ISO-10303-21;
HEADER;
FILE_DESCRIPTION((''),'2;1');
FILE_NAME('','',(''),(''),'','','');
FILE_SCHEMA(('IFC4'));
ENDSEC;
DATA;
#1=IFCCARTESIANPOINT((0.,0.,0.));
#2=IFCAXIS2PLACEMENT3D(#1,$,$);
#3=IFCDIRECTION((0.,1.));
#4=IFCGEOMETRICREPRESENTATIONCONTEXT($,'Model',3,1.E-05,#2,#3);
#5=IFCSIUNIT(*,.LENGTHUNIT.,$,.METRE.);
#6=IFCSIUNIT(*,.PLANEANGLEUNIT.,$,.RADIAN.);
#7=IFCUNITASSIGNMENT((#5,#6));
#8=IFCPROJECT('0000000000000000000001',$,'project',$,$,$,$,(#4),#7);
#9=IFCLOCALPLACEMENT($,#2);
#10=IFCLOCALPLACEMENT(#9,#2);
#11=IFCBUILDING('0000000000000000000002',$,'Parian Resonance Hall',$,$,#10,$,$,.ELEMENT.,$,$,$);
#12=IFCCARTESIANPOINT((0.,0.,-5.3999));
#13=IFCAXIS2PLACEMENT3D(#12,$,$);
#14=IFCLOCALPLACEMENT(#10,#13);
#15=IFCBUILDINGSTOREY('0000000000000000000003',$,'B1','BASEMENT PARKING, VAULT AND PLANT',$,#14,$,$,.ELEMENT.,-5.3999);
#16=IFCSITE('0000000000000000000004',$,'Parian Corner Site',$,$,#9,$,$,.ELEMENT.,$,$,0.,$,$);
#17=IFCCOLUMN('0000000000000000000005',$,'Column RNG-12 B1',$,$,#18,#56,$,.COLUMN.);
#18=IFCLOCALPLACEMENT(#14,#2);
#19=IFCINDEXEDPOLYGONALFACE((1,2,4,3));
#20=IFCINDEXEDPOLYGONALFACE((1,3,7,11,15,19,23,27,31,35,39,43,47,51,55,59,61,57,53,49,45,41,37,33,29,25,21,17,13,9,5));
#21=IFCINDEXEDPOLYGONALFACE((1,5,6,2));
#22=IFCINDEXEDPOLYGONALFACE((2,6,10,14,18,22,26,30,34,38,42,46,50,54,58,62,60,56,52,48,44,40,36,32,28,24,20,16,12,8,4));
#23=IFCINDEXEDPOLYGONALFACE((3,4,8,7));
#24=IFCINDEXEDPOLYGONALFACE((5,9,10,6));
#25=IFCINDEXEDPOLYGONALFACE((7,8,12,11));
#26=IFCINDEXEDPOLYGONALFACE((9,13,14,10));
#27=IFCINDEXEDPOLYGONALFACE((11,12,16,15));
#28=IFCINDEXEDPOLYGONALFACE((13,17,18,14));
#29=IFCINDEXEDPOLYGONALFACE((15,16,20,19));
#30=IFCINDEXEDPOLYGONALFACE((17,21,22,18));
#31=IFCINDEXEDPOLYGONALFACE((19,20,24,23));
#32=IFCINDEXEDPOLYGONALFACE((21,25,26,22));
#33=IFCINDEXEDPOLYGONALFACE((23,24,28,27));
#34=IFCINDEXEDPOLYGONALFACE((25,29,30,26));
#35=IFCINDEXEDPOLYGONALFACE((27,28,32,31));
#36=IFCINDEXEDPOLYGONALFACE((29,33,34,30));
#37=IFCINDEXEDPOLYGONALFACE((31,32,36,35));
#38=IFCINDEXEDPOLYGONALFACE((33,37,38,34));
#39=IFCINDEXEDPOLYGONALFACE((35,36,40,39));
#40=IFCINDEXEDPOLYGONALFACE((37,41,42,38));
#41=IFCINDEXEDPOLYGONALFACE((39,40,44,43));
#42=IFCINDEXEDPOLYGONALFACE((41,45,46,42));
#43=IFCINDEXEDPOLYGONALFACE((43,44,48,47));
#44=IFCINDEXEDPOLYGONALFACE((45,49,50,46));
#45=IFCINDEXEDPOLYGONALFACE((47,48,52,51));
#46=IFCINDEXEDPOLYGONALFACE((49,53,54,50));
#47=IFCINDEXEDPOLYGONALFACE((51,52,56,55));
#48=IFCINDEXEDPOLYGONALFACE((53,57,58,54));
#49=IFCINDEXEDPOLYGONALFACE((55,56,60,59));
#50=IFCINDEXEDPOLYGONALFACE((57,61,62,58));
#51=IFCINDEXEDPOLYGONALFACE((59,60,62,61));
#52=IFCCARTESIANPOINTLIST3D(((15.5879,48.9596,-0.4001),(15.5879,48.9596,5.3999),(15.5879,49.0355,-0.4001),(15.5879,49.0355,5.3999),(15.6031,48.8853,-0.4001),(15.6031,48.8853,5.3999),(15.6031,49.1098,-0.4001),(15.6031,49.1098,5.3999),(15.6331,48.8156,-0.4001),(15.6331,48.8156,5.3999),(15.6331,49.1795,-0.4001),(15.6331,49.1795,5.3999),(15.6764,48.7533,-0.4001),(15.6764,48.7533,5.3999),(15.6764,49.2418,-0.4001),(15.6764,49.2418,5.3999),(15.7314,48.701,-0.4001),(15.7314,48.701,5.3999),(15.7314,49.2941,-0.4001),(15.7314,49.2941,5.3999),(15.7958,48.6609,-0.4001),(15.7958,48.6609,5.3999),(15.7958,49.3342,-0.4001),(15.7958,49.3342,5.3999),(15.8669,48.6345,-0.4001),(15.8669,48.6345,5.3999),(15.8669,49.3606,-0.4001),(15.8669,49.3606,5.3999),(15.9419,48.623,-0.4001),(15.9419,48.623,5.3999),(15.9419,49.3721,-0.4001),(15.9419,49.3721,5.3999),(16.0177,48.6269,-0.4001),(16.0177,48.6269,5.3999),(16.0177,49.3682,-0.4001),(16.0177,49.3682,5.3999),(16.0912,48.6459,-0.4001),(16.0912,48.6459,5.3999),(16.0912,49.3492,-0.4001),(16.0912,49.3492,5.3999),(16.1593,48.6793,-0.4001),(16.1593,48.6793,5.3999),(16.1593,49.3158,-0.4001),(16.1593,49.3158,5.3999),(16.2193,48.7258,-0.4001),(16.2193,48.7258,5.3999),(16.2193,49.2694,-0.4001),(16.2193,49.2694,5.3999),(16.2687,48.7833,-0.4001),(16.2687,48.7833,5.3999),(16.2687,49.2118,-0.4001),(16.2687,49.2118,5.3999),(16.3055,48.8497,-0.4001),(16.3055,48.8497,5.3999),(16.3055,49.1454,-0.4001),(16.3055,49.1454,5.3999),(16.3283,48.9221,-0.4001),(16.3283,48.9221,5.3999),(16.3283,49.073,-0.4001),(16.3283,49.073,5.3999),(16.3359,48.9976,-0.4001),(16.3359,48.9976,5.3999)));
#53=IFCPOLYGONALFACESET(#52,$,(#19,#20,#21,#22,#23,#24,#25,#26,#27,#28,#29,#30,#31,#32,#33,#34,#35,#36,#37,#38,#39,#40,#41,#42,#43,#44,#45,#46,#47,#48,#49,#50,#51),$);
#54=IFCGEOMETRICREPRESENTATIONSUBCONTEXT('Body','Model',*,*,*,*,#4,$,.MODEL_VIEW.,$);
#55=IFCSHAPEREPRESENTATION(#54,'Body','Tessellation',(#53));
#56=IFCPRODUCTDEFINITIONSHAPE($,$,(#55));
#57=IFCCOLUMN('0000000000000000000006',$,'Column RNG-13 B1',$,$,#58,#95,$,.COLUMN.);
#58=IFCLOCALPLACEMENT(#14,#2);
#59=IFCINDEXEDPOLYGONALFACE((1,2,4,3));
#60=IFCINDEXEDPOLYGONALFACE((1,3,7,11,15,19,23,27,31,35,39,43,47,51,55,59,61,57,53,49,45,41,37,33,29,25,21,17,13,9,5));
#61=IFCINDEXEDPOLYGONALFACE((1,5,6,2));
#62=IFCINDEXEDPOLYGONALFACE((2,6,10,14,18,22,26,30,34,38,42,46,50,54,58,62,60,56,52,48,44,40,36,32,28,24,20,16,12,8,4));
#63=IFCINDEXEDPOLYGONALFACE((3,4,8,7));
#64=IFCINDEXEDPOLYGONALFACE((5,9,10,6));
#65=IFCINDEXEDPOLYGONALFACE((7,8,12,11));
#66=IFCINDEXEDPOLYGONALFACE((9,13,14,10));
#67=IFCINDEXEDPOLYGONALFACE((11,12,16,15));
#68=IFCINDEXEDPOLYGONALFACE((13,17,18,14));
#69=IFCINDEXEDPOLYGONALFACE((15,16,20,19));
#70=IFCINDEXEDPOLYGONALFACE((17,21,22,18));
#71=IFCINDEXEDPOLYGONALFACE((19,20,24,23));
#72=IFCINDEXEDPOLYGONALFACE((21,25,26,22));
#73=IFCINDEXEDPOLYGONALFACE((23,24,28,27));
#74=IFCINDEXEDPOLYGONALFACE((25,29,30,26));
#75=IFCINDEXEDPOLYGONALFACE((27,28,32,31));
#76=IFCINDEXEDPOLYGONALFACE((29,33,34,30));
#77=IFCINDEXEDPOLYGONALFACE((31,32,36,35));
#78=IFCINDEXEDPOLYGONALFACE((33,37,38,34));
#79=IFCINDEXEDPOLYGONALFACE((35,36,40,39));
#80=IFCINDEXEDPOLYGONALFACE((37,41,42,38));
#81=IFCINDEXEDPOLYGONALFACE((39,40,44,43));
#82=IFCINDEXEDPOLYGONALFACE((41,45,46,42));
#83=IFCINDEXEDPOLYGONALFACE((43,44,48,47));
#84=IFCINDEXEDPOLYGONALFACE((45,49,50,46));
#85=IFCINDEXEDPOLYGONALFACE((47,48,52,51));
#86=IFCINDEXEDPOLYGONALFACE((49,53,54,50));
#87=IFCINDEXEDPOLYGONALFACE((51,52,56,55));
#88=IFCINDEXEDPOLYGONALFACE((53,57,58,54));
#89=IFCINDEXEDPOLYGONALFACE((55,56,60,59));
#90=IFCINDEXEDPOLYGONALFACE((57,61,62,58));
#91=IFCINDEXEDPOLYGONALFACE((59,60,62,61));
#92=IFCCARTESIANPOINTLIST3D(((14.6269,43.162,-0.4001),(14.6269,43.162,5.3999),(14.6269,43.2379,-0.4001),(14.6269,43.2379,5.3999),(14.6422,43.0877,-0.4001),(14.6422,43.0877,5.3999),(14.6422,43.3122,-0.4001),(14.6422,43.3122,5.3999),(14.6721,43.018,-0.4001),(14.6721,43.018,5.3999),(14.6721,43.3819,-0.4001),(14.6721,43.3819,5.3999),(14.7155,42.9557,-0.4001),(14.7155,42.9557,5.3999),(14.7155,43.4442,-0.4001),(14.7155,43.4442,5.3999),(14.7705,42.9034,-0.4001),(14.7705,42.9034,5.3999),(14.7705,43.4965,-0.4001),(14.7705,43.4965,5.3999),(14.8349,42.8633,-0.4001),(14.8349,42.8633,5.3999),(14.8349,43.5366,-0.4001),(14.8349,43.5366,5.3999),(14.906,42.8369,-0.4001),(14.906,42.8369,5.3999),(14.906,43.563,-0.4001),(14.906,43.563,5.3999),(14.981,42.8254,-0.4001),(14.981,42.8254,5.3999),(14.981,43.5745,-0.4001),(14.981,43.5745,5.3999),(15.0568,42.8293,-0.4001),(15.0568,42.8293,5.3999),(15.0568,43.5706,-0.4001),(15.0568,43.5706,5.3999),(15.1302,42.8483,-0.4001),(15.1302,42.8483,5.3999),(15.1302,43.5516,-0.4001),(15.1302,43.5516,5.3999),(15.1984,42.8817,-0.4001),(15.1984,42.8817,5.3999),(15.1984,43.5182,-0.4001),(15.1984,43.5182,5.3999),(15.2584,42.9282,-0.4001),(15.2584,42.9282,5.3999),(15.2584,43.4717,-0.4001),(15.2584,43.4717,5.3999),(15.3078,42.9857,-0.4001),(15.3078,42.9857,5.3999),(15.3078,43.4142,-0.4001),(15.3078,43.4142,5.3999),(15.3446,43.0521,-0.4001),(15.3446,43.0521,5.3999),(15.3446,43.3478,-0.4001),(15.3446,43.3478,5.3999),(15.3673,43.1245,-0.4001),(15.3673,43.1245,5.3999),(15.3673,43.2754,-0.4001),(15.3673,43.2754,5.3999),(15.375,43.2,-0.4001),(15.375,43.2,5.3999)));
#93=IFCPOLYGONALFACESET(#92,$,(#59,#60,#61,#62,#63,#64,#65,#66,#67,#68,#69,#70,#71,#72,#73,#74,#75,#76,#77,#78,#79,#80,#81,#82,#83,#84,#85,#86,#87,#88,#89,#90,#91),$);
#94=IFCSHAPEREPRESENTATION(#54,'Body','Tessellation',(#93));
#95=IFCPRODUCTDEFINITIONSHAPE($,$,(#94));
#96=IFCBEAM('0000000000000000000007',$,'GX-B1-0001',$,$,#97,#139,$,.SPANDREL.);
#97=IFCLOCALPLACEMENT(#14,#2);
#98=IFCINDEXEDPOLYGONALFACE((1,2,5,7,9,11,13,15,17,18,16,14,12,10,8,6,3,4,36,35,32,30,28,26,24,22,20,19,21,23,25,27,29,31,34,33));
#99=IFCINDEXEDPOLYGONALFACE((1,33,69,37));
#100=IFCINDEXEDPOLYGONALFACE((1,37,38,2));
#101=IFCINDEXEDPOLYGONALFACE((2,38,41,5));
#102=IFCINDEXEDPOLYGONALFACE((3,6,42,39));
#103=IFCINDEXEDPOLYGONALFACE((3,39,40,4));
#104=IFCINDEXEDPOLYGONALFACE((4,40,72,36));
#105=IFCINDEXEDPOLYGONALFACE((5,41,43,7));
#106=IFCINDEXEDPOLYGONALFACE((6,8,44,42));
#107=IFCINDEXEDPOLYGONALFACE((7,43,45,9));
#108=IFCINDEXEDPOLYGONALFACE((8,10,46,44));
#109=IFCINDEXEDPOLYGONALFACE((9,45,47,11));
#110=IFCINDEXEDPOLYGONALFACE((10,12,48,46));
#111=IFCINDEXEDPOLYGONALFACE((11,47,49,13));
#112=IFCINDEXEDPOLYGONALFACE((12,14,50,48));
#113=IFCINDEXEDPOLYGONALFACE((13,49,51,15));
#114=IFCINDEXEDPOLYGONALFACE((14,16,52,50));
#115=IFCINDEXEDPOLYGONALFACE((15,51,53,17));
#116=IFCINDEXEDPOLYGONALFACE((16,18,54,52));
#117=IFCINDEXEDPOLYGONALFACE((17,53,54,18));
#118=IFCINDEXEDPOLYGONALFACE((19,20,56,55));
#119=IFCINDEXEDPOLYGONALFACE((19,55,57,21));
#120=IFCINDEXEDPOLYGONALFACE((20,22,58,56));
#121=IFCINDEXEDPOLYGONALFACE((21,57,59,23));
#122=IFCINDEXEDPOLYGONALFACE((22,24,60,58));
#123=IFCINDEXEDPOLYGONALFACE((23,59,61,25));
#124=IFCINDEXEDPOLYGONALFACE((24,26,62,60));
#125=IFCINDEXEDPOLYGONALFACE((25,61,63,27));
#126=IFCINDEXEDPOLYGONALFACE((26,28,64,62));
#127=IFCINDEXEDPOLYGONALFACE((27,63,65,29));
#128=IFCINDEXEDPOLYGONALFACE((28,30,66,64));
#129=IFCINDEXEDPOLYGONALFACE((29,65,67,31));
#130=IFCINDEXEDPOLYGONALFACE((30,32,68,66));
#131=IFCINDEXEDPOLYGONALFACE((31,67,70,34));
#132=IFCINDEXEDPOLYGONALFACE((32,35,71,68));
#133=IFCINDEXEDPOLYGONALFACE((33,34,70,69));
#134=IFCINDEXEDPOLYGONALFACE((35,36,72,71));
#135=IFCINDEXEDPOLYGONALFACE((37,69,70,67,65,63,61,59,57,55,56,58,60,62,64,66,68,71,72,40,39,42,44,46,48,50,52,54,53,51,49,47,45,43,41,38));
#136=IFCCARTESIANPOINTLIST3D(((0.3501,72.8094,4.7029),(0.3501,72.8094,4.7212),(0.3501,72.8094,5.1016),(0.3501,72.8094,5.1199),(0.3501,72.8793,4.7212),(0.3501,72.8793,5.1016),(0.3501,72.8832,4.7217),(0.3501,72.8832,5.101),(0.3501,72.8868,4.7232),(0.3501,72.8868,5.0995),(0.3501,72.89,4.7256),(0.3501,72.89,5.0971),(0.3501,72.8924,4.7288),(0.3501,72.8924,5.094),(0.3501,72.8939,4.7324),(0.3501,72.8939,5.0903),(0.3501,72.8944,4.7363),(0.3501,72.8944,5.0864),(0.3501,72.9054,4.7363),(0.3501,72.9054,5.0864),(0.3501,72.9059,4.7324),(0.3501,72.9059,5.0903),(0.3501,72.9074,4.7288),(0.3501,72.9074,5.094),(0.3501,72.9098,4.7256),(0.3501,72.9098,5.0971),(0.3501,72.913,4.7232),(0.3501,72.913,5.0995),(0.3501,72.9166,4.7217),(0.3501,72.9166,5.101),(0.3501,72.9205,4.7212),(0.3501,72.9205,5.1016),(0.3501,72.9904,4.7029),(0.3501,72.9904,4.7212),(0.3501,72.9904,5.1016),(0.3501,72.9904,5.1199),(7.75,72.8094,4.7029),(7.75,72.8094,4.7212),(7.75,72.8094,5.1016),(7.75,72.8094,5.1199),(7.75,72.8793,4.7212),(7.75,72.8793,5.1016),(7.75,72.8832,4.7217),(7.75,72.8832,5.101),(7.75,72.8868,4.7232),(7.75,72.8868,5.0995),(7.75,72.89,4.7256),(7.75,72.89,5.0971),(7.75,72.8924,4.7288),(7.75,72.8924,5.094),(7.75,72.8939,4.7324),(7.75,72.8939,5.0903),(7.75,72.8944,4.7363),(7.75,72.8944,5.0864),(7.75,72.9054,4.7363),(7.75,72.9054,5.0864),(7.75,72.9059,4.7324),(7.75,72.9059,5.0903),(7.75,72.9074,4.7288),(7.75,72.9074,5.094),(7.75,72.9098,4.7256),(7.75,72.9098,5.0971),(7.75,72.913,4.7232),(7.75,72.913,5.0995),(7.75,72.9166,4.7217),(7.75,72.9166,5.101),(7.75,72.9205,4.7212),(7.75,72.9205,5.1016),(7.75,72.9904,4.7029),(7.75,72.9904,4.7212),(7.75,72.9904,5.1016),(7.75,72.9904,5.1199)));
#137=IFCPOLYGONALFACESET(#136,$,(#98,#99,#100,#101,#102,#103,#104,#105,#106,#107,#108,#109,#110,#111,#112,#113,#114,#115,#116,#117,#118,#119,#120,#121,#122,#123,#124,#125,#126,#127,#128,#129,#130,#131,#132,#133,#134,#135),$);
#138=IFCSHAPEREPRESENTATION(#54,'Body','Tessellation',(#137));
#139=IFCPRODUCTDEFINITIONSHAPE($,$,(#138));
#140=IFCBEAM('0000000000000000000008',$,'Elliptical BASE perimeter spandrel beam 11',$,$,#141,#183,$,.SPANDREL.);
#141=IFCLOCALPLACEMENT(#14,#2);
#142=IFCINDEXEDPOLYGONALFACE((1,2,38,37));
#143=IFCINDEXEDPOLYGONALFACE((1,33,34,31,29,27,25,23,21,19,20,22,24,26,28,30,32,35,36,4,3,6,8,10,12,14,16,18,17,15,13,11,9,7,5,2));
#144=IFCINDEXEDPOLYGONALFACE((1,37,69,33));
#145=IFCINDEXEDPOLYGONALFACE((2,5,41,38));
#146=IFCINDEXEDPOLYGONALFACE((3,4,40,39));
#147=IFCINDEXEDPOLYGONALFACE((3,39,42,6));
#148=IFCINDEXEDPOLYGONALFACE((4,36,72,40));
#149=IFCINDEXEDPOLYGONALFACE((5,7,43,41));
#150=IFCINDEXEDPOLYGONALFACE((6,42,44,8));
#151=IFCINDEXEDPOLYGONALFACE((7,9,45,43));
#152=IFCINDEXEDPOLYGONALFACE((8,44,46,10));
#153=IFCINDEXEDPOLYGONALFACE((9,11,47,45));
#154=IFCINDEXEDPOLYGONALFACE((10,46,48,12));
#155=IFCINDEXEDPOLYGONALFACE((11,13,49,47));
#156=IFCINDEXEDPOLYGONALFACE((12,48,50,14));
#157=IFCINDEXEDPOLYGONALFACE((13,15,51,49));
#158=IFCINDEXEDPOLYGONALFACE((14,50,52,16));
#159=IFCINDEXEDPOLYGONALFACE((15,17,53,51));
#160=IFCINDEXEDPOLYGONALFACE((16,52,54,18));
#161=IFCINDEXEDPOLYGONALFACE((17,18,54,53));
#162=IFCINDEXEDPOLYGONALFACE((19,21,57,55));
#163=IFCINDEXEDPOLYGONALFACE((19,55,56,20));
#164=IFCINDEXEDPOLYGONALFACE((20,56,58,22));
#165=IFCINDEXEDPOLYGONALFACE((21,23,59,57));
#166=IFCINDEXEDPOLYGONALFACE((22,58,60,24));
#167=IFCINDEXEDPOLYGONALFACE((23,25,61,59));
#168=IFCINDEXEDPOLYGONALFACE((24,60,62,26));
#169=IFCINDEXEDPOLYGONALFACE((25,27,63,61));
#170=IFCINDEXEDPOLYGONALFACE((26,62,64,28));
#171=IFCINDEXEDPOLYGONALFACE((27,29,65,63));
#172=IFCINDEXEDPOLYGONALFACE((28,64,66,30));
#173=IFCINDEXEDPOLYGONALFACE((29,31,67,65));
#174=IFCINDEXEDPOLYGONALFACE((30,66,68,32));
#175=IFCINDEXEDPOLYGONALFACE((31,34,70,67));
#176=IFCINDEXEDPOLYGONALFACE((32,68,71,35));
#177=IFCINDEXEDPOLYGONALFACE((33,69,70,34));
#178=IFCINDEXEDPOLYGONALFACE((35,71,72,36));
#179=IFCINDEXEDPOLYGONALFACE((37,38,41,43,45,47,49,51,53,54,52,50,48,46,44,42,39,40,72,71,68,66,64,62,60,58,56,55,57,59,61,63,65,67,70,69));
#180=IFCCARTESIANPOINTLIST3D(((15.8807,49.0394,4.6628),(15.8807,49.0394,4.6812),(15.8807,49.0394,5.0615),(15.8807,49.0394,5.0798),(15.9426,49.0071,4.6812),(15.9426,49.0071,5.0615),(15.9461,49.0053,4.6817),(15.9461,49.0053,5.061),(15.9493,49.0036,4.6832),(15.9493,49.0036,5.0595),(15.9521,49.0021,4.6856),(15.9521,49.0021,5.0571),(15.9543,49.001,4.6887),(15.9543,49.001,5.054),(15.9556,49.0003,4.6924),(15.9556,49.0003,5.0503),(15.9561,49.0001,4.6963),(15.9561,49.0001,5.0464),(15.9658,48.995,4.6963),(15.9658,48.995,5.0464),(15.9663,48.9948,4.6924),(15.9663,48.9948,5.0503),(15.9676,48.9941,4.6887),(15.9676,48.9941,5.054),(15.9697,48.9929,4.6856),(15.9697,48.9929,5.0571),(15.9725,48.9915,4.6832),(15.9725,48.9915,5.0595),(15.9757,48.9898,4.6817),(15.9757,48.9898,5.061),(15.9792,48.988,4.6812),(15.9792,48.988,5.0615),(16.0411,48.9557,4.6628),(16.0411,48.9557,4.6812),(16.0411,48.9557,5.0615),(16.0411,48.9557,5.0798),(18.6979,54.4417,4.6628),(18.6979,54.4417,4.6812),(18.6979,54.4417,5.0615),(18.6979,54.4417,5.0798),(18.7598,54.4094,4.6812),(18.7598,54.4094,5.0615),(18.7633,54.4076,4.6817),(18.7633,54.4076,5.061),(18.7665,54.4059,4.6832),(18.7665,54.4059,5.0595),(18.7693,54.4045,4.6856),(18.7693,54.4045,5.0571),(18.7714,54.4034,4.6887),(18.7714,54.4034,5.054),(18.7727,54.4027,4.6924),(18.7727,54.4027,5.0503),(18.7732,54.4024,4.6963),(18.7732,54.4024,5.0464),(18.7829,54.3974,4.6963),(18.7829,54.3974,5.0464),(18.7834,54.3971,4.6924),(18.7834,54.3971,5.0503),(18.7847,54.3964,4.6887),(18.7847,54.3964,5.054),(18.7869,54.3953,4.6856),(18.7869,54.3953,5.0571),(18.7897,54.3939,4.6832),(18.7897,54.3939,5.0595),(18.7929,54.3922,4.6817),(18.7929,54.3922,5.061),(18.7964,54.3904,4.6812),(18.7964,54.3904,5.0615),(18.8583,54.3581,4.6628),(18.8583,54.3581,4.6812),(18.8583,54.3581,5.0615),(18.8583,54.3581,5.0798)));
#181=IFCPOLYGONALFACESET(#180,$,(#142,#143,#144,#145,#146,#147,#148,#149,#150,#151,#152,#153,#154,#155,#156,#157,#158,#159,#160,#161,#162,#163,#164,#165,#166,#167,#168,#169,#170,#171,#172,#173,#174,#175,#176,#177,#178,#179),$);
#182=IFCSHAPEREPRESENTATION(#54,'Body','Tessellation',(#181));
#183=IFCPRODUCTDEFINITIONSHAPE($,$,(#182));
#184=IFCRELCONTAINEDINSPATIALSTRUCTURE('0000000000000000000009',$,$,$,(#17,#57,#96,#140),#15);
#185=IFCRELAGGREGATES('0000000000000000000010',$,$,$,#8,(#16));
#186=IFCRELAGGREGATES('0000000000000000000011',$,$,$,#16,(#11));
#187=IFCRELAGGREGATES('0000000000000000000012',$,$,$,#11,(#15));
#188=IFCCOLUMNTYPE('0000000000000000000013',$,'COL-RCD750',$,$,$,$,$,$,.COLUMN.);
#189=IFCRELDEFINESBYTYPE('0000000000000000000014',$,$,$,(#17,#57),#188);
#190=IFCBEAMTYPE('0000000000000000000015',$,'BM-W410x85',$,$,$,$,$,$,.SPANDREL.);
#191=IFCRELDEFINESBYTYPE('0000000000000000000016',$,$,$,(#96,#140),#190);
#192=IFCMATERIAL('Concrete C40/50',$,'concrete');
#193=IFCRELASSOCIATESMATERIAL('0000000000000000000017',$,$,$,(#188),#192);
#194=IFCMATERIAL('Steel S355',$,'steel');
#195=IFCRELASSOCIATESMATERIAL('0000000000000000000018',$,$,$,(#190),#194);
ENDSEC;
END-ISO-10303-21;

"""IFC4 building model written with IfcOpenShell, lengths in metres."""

from ifc_helpers import new_model, si_unit, direction, frame, origin, origin_2d, place, context, subcontext, project, spatial, circle, i_section, extrude, material, material_profile, profile_set, type_object, element, save


model = new_model("IFC4")

# Units and contexts
model_context = context("Model", 3, precision=1e-05, world=origin(), true_north=direction((0.0, 1.0)))
body_context = subcontext(model_context, "Body", "Model", "MODEL_VIEW")
ifc_project = project(units=[si_unit("LENGTHUNIT", "METRE"), si_unit("PLANEANGLEUNIT", "RADIAN")], contexts=[model_context])

# Site, building, storey
site_placement = place(None, origin())
site = spatial("IfcSite", under=ifc_project, at=site_placement, Name="Parian Corner Site", CompositionType="ELEMENT", RefElevation=0.0)
building_placement = place(site_placement, origin())
building = spatial("IfcBuilding", under=site, at=building_placement, Name="Parian Resonance Hall", CompositionType="ELEMENT")
storey_placement = place(building_placement, frame((0.0, 0.0, -5.3999)))
storey = spatial("IfcBuildingStorey", under=building, at=storey_placement, Name="B1", Description="BASEMENT PARKING, VAULT AND PLANT", CompositionType="ELEMENT", Elevation=-5.3999)

# Columns
ifc_material_1 = material(Name="Concrete C40/50", Category="concrete")
ifc_material_profile_1 = material_profile(ifc_material_1, circle(Radius=0.375, at=origin_2d()), Name="RC-COL-D750")
ifc_profile_set_1 = profile_set([ifc_material_profile_1], Name="Concrete C40/50")
column_type_1 = type_object("IfcColumnType", Name="COL-RCD750", PredefinedType="COLUMN", material=ifc_profile_set_1)
for number, where, z_axis, x_axis, name in (
    (1, (15.9609, 48.9976, -0.4001), (0.0, 0.0, 1.0), (1.0, 0.0, 0.0), "Column RNG-12 B1"),
    (2, (15.0, 43.2, -0.4001), (0.0, 0.0, 1.0), (1.0, 0.0, 0.0), "Column RNG-13 B1"),
):
    element("IfcColumn", number, at=place(storey_placement, frame(where, z_axis=z_axis, x_axis=x_axis)), inside=storey, type_object=column_type_1, Name=name, PredefinedType="COLUMN", context=body_context, shape_type="SweptSolid", body=[
        extrude(circle(Radius=0.375, at=origin_2d()), origin(), (0.0, 0.0, 1.0), 5.8),
    ])

# Beams
ifc_material_2 = material(Name="Steel S355", Category="steel")
ifc_material_profile_2 = material_profile(ifc_material_2, i_section(OverallWidth=0.1809, OverallDepth=0.417, WebThickness=0.011, FlangeThickness=0.0183, FilletRadius=0.0151, at=origin_2d()), Name="W410x85")
ifc_profile_set_2 = profile_set([ifc_material_profile_2], Name="Steel S355")
beam_type_1 = type_object("IfcBeamType", Name="BM-W410x85", PredefinedType="SPANDREL", material=ifc_profile_set_2)
beam_1_placement = place(storey_placement, frame((0.3501, 72.8999, 4.9114), z_axis=(1.0, 0.0, 0.0), x_axis=(0.0, 1.0, 0.0)))
element("IfcBeam", 3, at=beam_1_placement, inside=storey, type_object=beam_type_1, Name="GX-B1-0001", PredefinedType="SPANDREL", context=body_context, shape_type="SweptSolid", body=[
    extrude(i_section(OverallWidth=0.1809, OverallDepth=0.417, WebThickness=0.011, FlangeThickness=0.0183, FilletRadius=0.0151, at=origin_2d()), origin(), (0.0, 0.0, 1.0), 7.3999),
])
beam_2_placement = place(storey_placement, frame((18.7781, 54.3999, 4.8713), z_axis=(-0.462376, -0.886684, 0.0), x_axis=(0.886684, -0.462376, 0.0)))
element("IfcBeam", 4, at=beam_2_placement, inside=storey, type_object=beam_type_1, Name="Elliptical BASE perimeter spandrel beam 11", PredefinedType="SPANDREL", context=body_context, shape_type="SweptSolid", body=[
    extrude(i_section(OverallWidth=0.1809, OverallDepth=0.417, WebThickness=0.011, FlangeThickness=0.0183, FilletRadius=0.0151, at=origin_2d()), origin(), (0.0, 0.0, 1.0), 6.0928),
])

save(model, "model.ifc")
